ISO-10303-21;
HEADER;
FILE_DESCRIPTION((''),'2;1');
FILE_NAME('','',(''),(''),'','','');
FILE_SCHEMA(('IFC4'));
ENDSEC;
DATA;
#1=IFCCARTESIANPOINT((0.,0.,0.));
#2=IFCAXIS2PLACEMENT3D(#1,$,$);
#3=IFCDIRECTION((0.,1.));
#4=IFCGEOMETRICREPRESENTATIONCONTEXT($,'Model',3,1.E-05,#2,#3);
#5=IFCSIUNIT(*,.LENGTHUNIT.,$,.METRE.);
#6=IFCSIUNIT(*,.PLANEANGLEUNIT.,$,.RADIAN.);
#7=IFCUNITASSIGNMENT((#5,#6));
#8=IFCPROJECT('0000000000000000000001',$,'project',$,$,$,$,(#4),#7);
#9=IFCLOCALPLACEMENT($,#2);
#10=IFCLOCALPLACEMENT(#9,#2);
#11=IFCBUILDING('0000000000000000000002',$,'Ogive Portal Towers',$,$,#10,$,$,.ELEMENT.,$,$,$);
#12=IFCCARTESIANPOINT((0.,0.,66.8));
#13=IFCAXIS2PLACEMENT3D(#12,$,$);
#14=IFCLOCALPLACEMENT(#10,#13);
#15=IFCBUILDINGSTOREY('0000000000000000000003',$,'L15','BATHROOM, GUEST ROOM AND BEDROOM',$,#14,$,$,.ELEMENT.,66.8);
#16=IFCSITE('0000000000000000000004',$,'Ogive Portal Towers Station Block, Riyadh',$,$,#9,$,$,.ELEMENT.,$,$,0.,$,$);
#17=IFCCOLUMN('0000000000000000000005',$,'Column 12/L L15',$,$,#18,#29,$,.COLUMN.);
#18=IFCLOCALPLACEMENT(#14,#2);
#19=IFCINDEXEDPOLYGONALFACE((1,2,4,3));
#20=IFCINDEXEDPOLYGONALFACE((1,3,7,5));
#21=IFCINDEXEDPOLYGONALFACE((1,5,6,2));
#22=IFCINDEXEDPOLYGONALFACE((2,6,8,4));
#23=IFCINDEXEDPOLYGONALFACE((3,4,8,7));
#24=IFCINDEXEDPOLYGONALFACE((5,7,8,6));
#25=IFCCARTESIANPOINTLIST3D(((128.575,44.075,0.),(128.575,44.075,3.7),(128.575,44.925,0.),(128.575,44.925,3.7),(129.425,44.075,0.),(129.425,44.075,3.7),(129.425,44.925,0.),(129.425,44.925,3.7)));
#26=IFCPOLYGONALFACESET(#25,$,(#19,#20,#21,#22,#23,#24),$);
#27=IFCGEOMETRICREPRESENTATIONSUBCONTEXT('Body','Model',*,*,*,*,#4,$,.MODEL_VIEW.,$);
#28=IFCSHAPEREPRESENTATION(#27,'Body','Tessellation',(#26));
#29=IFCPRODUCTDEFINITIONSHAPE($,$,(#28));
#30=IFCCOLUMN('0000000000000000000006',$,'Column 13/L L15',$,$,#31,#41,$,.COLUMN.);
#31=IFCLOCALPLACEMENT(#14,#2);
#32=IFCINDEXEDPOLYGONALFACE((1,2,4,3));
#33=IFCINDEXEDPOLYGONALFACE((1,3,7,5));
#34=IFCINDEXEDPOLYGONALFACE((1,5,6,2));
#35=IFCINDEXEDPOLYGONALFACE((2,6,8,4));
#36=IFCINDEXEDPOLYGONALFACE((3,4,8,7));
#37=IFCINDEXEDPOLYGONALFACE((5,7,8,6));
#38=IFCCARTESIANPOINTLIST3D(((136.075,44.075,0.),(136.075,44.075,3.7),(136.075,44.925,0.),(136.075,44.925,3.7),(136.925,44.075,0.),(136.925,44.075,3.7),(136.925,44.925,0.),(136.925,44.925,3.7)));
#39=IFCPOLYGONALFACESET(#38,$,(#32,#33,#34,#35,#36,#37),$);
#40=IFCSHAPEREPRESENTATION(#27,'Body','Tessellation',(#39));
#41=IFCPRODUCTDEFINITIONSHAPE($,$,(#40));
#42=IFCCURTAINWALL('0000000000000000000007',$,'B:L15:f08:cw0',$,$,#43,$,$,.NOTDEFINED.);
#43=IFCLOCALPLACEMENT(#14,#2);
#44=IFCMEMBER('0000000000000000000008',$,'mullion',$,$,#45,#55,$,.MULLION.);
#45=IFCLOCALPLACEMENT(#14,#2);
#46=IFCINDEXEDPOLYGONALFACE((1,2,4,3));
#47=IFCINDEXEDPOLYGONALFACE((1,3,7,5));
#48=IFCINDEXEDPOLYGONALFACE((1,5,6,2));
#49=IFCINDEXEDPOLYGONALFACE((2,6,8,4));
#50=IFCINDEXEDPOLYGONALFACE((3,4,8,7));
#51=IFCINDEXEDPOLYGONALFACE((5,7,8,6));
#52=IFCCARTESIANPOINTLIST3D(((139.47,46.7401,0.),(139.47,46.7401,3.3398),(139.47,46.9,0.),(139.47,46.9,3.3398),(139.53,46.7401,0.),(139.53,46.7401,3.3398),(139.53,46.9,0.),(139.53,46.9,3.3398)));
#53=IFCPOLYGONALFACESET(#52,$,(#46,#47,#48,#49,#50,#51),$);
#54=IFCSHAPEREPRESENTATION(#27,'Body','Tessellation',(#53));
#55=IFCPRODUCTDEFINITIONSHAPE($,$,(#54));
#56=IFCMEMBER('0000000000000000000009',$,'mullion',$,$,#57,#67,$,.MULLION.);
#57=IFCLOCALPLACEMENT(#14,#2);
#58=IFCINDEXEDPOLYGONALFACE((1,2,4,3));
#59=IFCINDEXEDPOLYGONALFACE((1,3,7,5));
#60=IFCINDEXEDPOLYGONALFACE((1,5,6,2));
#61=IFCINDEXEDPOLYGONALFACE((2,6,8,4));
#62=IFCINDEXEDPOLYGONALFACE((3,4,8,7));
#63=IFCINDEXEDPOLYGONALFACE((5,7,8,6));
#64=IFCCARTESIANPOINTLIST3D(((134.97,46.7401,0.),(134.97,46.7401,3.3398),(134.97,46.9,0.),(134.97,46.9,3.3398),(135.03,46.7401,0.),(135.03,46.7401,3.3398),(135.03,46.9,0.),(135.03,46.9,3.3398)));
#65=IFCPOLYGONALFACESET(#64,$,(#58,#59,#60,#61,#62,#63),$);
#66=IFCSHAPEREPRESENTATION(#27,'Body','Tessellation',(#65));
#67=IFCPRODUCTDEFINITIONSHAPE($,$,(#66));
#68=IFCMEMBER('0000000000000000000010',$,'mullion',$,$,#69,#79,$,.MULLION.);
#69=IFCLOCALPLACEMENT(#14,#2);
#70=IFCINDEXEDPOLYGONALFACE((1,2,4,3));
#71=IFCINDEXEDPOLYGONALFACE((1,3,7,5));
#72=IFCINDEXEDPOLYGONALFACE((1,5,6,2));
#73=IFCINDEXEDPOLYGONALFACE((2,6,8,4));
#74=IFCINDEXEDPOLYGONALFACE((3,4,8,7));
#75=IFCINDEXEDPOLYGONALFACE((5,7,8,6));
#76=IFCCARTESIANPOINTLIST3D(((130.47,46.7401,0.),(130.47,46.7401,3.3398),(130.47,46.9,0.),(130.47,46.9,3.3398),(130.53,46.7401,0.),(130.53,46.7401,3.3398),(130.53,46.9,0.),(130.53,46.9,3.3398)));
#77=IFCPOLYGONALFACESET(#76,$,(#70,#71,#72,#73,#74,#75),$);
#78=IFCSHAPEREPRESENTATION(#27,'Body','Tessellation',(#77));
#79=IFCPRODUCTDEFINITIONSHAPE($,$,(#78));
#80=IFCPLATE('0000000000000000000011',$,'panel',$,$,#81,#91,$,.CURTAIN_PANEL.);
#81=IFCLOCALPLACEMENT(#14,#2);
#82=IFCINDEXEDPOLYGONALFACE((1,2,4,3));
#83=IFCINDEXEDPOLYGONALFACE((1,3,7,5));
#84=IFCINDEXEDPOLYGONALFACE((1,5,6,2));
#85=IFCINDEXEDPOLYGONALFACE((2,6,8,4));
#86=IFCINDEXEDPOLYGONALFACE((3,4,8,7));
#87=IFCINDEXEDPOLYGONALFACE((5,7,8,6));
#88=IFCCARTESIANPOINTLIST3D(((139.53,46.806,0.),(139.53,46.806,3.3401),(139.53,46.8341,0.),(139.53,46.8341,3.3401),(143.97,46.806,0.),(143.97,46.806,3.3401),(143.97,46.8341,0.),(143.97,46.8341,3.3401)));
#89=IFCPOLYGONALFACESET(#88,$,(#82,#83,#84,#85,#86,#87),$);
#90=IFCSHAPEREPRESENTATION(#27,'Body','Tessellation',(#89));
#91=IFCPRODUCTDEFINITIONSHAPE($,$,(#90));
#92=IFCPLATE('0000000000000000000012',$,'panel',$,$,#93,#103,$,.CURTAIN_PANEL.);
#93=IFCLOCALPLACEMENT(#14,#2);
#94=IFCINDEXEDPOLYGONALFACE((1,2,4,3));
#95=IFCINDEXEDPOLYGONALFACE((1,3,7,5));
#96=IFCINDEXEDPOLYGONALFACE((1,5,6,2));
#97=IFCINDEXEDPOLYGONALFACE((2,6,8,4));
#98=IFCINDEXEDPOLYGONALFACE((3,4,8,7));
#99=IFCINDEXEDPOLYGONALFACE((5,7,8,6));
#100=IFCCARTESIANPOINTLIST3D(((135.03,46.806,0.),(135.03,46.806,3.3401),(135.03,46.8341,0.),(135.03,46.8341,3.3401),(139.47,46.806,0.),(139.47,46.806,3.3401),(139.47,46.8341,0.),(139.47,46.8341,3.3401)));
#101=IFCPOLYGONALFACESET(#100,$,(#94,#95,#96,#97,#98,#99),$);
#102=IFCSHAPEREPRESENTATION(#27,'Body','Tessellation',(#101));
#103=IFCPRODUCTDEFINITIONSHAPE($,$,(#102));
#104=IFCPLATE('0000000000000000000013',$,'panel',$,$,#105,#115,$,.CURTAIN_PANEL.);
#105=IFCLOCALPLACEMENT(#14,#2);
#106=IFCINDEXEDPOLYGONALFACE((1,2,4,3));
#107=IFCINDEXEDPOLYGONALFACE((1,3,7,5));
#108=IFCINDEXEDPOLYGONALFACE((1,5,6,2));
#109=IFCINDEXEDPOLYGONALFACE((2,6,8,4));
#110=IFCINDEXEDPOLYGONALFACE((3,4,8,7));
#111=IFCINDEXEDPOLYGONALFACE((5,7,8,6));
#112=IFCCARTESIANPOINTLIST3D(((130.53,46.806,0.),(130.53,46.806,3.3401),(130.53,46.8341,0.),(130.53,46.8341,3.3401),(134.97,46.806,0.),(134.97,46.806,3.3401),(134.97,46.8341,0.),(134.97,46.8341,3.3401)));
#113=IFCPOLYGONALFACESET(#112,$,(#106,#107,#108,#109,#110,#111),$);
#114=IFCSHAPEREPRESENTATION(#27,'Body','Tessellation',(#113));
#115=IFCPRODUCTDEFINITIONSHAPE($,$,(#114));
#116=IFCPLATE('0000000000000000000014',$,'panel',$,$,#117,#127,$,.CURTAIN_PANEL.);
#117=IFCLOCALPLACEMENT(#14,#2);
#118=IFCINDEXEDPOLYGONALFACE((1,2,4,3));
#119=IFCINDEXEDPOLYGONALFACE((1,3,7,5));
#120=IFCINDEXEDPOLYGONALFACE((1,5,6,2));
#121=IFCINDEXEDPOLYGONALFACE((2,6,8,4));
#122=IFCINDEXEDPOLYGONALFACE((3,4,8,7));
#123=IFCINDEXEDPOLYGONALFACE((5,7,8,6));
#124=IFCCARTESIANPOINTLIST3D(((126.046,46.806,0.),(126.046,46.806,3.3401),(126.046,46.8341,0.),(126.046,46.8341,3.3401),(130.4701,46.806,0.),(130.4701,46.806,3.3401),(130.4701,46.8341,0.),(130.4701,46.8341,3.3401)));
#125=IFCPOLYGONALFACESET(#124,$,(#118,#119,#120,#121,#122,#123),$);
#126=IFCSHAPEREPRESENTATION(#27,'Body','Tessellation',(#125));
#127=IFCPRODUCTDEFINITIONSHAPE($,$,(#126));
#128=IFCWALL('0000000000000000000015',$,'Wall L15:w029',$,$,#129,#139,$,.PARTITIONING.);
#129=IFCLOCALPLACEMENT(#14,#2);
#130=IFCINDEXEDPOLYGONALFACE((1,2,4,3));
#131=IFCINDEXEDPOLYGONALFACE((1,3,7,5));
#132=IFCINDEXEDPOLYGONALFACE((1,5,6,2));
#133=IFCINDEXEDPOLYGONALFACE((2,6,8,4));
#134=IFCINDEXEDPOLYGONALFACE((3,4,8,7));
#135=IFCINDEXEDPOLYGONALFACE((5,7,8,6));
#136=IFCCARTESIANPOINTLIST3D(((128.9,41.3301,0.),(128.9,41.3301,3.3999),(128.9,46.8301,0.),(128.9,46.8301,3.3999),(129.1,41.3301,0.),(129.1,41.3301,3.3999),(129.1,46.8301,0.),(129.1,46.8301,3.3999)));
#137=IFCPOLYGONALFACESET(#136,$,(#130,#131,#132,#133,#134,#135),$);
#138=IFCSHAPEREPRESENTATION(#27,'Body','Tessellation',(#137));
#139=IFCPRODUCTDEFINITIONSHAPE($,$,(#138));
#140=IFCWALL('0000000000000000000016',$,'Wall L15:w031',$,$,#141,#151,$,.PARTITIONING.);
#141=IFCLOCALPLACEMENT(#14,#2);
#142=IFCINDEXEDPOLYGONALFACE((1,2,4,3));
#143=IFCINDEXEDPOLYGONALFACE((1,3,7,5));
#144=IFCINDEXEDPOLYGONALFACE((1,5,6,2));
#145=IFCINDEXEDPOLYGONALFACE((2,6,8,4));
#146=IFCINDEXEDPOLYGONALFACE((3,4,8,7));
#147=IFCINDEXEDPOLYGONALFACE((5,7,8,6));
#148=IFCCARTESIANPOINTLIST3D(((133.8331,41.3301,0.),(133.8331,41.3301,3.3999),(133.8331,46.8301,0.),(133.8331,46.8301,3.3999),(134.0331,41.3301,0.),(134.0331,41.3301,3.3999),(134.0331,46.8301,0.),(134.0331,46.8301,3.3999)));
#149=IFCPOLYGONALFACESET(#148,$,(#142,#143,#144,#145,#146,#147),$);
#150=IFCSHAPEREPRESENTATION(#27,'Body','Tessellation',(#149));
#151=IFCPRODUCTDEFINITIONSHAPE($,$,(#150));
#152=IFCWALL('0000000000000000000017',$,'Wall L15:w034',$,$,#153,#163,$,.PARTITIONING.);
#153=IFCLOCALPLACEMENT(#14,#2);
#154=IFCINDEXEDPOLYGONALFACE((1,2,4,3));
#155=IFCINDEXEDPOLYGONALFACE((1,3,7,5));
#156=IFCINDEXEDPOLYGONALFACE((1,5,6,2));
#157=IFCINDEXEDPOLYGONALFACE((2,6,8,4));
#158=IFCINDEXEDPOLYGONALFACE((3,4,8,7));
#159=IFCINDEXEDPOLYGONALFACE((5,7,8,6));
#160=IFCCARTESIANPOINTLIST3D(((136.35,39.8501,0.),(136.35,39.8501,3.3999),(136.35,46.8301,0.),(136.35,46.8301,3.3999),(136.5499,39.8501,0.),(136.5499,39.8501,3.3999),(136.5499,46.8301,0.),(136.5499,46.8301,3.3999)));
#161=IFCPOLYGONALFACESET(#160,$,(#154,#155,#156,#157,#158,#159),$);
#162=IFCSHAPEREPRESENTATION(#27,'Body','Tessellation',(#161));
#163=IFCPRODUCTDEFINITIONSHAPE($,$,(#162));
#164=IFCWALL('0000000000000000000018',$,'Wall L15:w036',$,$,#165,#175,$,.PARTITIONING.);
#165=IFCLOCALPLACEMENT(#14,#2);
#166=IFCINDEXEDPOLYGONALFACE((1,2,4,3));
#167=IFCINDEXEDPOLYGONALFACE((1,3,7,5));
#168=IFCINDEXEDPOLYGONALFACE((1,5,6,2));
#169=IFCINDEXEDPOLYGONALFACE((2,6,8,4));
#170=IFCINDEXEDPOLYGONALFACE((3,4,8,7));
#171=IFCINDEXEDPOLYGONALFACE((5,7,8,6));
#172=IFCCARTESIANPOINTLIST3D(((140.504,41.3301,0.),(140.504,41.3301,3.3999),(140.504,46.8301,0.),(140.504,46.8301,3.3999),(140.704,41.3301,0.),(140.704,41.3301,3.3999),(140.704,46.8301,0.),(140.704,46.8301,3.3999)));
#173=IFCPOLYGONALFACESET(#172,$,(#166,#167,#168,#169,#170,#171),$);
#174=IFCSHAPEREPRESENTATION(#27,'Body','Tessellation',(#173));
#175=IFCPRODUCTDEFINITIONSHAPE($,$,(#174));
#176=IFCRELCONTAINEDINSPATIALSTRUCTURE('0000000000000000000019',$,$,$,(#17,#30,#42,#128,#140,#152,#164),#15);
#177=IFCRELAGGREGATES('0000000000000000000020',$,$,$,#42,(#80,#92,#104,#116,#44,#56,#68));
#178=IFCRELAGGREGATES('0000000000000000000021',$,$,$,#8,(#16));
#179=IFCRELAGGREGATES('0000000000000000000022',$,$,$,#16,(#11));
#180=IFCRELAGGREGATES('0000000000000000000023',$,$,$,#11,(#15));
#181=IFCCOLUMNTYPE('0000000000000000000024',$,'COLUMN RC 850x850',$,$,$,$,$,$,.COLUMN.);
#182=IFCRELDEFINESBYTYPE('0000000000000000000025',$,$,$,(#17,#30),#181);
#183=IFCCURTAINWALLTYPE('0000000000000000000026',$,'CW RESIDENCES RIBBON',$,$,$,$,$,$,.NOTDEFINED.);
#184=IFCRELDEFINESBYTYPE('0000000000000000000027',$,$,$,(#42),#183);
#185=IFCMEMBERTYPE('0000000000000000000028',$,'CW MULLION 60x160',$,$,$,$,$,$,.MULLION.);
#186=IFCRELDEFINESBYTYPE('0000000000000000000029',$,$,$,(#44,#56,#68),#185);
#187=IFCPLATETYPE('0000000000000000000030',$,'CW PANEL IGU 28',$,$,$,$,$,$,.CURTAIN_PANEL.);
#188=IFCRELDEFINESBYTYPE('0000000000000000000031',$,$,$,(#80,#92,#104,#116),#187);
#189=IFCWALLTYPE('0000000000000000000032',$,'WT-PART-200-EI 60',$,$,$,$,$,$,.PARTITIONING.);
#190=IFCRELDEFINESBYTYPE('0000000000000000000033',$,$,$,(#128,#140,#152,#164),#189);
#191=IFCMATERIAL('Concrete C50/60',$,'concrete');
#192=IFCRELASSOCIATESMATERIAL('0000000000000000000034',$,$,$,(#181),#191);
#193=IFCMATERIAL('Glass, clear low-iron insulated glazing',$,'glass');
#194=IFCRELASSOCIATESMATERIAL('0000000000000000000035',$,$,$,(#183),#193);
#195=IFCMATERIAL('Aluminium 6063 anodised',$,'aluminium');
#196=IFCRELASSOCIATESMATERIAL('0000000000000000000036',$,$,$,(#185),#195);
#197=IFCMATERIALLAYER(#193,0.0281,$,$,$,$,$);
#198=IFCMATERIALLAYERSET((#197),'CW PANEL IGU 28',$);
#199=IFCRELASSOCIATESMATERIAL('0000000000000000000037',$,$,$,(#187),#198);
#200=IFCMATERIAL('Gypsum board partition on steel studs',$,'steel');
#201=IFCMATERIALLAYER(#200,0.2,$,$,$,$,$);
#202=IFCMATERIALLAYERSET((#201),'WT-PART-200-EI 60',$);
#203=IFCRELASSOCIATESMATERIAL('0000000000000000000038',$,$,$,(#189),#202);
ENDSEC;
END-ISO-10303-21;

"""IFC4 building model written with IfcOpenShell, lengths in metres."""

from ifc_helpers import new_model, si_unit, direction, frame, frame_2d, origin, origin_2d, place, context, subcontext, project, spatial, rectangle, extrude, material, layer, layer_set, material_profile, profile_set, type_object, element, aggregate, save


model = new_model("IFC4")

# Units and contexts
model_context = context("Model", 3, precision=1e-05, world=origin(), true_north=direction((0.0, 1.0)))
body_context = subcontext(model_context, "Body", "Model", "MODEL_VIEW")
ifc_project = project(units=[si_unit("LENGTHUNIT", "METRE"), si_unit("PLANEANGLEUNIT", "RADIAN")], contexts=[model_context])

# Site, building, storey
site_placement = place(None, origin())
site = spatial("IfcSite", under=ifc_project, at=site_placement, Name="Ogive Portal Towers Station Block, Riyadh", CompositionType="ELEMENT", RefElevation=0.0)
building_placement = place(site_placement, origin())
building = spatial("IfcBuilding", under=site, at=building_placement, Name="Ogive Portal Towers", CompositionType="ELEMENT")
storey_placement = place(building_placement, frame((0.0, 0.0, 66.8)))
storey = spatial("IfcBuildingStorey", under=building, at=storey_placement, Name="L15", Description="BATHROOM, GUEST ROOM AND BEDROOM", CompositionType="ELEMENT", Elevation=66.8)

# Columns
ifc_material_1 = material(Name="Concrete C50/60", Category="concrete")
ifc_material_profile_1 = material_profile(ifc_material_1, rectangle(XDim=0.8501, YDim=0.8501, at=origin_2d()), Name="RC 850x850")
ifc_profile_set_1 = profile_set([ifc_material_profile_1], Name="Concrete C50/60")
column_type = type_object("IfcColumnType", Name="COLUMN RC 850x850", PredefinedType="COLUMN", material=ifc_profile_set_1)
for number, where, z_axis, x_axis, name in (
    (1, (129.0, 44.5, 0.0), (0.0, 0.0, 1.0), (1.0, 0.0, 0.0), "Column 12/L L15"),
    (2, (136.5, 44.5, 0.0), (0.0, 0.0, 1.0), (1.0, 0.0, 0.0), "Column 13/L L15"),
):
    element("IfcColumn", number, at=place(storey_placement, frame(where, z_axis=z_axis, x_axis=x_axis)), inside=storey, type_object=column_type, Name=name, PredefinedType="COLUMN", context=body_context, shape_type="SweptSolid", body=[
        extrude(rectangle(XDim=0.8501, YDim=0.8501, at=origin_2d()), origin(), (0.0, 0.0, 1.0), 3.7),
    ])

# Curtain wall, members, plates
ifc_material_2 = material(Name="Glass, clear low-iron insulated glazing", Category="glass")
curtain_wall_type = type_object("IfcCurtainWallType", Name="CW RESIDENCES RIBBON", PredefinedType="NOTDEFINED", material=ifc_material_2)
curtain_wall_placement = place(storey_placement, origin())
curtain_wall = element("IfcCurtainWall", 3, at=curtain_wall_placement, inside=storey, type_object=curtain_wall_type, Name="B:L15:f08:cw0", PredefinedType="NOTDEFINED")
ifc_material_3 = material(Name="Aluminium 6063 anodised", Category="aluminium")
ifc_material_profile_2 = material_profile(ifc_material_3, rectangle(XDim=0.1599, YDim=0.0601, at=origin_2d()), Name="AL 60x160")
ifc_profile_set_2 = profile_set([ifc_material_profile_2], Name="Aluminium 6063 anodised")
member_type = type_object("IfcMemberType", Name="CW MULLION 60x160", PredefinedType="MULLION", material=ifc_profile_set_2)
member_1_placement = place(storey_placement, frame((139.5, 46.8201, 0.0), z_axis=(0.0, 0.0, 1.0), x_axis=(0.0, -1.0, 0.0)))
member_1 = element("IfcMember", 4, at=member_1_placement, type_object=member_type, Name="mullion", PredefinedType="MULLION", context=body_context, shape_type="SweptSolid", body=[
    extrude(rectangle(XDim=0.1599, YDim=0.0601, at=origin_2d()), origin(), (0.0, 0.0, 1.0), 3.3398),
])
member_2_placement = place(storey_placement, frame((135.0, 46.8201, 0.0), z_axis=(0.0, 0.0, 1.0), x_axis=(0.0, -1.0, 0.0)))
member_2 = element("IfcMember", 5, at=member_2_placement, type_object=member_type, Name="mullion", PredefinedType="MULLION", context=body_context, shape_type="SweptSolid", body=[
    extrude(rectangle(XDim=0.1599, YDim=0.0601, at=origin_2d()), origin(), (0.0, 0.0, 1.0), 3.3398),
])
member_3_placement = place(storey_placement, frame((130.5, 46.8201, 0.0), z_axis=(0.0, 0.0, 1.0), x_axis=(0.0, -1.0, 0.0)))
member_3 = element("IfcMember", 6, at=member_3_placement, type_object=member_type, Name="mullion", PredefinedType="MULLION", context=body_context, shape_type="SweptSolid", body=[
    extrude(rectangle(XDim=0.1599, YDim=0.0601, at=origin_2d()), origin(), (0.0, 0.0, 1.0), 3.3398),
])
ifc_layer_1 = layer(ifc_material_2, 0.0281)
ifc_layer_set_1 = layer_set([ifc_layer_1], Name="CW PANEL IGU 28")
plate_type = type_object("IfcPlateType", Name="CW PANEL IGU 28", PredefinedType="CURTAIN_PANEL", material=ifc_layer_set_1)
plate_1_placement = place(storey_placement, frame((141.75, 46.8201, 0.0), z_axis=(0.0, 0.0, 1.0), x_axis=(-1.0, 0.0, 0.0)))
plate_1 = element("IfcPlate", 7, at=plate_1_placement, type_object=plate_type, Name="panel", PredefinedType="CURTAIN_PANEL", context=body_context, shape_type="SweptSolid", body=[
    extrude(rectangle(XDim=4.4399, YDim=0.0281, at=origin_2d()), origin(), (0.0, 0.0, 1.0), 3.3401),
])
plate_2_placement = place(storey_placement, frame((137.25, 46.8201, 0.0), z_axis=(0.0, 0.0, 1.0), x_axis=(-1.0, 0.0, 0.0)))
plate_2 = element("IfcPlate", 8, at=plate_2_placement, type_object=plate_type, Name="panel", PredefinedType="CURTAIN_PANEL", context=body_context, shape_type="SweptSolid", body=[
    extrude(rectangle(XDim=4.4399, YDim=0.0281, at=origin_2d()), origin(), (0.0, 0.0, 1.0), 3.3401),
])
plate_3_placement = place(storey_placement, frame((132.75, 46.8201, 0.0), z_axis=(0.0, 0.0, 1.0), x_axis=(-1.0, 0.0, 0.0)))
plate_3 = element("IfcPlate", 9, at=plate_3_placement, type_object=plate_type, Name="panel", PredefinedType="CURTAIN_PANEL", context=body_context, shape_type="SweptSolid", body=[
    extrude(rectangle(XDim=4.4399, YDim=0.0281, at=origin_2d()), origin(), (0.0, 0.0, 1.0), 3.3401),
])
plate_4_placement = place(storey_placement, frame((128.2581, 46.8201, 0.0), z_axis=(0.0, 0.0, 1.0), x_axis=(-1.0, 0.0, 0.0)))
plate_4 = element("IfcPlate", 10, at=plate_4_placement, type_object=plate_type, Name="panel", PredefinedType="CURTAIN_PANEL", context=body_context, shape_type="SweptSolid", body=[
    extrude(rectangle(XDim=4.4241, YDim=0.0281, at=origin_2d()), origin(), (0.0, 0.0, 1.0), 3.3401),
])
aggregate(curtain_wall, [plate_1, plate_2, plate_3, plate_4, member_1, member_2, member_3])

# Walls
ifc_material_4 = material(Name="Gypsum board partition on steel studs", Category="steel")
ifc_layer_2 = layer(ifc_material_4, 0.2)
ifc_layer_set_2 = layer_set([ifc_layer_2], Name="WT-PART-200-EI 60")
wall_type = type_object("IfcWallType", Name="WT-PART-200-EI 60", PredefinedType="PARTITIONING", material=ifc_layer_set_2)
for number, where, z_axis, x_axis, name in (
    (11, (129.0, 41.3301, 0.0), (0.0, 0.0, 1.0), (0.0, 1.0, 0.0), "Wall L15:w029"),
    (12, (133.9331, 41.3301, 0.0), (0.0, 0.0, 1.0), (0.0, 1.0, 0.0), "Wall L15:w031"),
):
    element("IfcWall", number, at=place(storey_placement, frame(where, z_axis=z_axis, x_axis=x_axis)), inside=storey, type_object=wall_type, Name=name, PredefinedType="PARTITIONING", context=body_context, shape_type="SweptSolid", body=[
        extrude(rectangle(XDim=5.5, YDim=0.2, at=frame_2d((2.75, 0.0))), origin(), (0.0, 0.0, 1.0), 3.3999),
    ])
wall_1_placement = place(storey_placement, frame((136.45, 39.8501, 0.0), z_axis=(0.0, 0.0, 1.0), x_axis=(0.0, 1.0, 0.0)))
element("IfcWall", 13, at=wall_1_placement, inside=storey, type_object=wall_type, Name="Wall L15:w034", PredefinedType="PARTITIONING", context=body_context, shape_type="SweptSolid", body=[
    extrude(rectangle(XDim=6.98, YDim=0.2, at=frame_2d((3.49, 0.0))), origin(), (0.0, 0.0, 1.0), 3.3999),
])
wall_2_placement = place(storey_placement, frame((140.604, 41.3301, 0.0), z_axis=(0.0, 0.0, 1.0), x_axis=(0.0, 1.0, 0.0)))
element("IfcWall", 14, at=wall_2_placement, inside=storey, type_object=wall_type, Name="Wall L15:w036", PredefinedType="PARTITIONING", context=body_context, shape_type="SweptSolid", body=[
    extrude(rectangle(XDim=5.5, YDim=0.2, at=frame_2d((2.75, 0.0))), origin(), (0.0, 0.0, 1.0), 3.3999),
])

save(model, "model.ifc")
